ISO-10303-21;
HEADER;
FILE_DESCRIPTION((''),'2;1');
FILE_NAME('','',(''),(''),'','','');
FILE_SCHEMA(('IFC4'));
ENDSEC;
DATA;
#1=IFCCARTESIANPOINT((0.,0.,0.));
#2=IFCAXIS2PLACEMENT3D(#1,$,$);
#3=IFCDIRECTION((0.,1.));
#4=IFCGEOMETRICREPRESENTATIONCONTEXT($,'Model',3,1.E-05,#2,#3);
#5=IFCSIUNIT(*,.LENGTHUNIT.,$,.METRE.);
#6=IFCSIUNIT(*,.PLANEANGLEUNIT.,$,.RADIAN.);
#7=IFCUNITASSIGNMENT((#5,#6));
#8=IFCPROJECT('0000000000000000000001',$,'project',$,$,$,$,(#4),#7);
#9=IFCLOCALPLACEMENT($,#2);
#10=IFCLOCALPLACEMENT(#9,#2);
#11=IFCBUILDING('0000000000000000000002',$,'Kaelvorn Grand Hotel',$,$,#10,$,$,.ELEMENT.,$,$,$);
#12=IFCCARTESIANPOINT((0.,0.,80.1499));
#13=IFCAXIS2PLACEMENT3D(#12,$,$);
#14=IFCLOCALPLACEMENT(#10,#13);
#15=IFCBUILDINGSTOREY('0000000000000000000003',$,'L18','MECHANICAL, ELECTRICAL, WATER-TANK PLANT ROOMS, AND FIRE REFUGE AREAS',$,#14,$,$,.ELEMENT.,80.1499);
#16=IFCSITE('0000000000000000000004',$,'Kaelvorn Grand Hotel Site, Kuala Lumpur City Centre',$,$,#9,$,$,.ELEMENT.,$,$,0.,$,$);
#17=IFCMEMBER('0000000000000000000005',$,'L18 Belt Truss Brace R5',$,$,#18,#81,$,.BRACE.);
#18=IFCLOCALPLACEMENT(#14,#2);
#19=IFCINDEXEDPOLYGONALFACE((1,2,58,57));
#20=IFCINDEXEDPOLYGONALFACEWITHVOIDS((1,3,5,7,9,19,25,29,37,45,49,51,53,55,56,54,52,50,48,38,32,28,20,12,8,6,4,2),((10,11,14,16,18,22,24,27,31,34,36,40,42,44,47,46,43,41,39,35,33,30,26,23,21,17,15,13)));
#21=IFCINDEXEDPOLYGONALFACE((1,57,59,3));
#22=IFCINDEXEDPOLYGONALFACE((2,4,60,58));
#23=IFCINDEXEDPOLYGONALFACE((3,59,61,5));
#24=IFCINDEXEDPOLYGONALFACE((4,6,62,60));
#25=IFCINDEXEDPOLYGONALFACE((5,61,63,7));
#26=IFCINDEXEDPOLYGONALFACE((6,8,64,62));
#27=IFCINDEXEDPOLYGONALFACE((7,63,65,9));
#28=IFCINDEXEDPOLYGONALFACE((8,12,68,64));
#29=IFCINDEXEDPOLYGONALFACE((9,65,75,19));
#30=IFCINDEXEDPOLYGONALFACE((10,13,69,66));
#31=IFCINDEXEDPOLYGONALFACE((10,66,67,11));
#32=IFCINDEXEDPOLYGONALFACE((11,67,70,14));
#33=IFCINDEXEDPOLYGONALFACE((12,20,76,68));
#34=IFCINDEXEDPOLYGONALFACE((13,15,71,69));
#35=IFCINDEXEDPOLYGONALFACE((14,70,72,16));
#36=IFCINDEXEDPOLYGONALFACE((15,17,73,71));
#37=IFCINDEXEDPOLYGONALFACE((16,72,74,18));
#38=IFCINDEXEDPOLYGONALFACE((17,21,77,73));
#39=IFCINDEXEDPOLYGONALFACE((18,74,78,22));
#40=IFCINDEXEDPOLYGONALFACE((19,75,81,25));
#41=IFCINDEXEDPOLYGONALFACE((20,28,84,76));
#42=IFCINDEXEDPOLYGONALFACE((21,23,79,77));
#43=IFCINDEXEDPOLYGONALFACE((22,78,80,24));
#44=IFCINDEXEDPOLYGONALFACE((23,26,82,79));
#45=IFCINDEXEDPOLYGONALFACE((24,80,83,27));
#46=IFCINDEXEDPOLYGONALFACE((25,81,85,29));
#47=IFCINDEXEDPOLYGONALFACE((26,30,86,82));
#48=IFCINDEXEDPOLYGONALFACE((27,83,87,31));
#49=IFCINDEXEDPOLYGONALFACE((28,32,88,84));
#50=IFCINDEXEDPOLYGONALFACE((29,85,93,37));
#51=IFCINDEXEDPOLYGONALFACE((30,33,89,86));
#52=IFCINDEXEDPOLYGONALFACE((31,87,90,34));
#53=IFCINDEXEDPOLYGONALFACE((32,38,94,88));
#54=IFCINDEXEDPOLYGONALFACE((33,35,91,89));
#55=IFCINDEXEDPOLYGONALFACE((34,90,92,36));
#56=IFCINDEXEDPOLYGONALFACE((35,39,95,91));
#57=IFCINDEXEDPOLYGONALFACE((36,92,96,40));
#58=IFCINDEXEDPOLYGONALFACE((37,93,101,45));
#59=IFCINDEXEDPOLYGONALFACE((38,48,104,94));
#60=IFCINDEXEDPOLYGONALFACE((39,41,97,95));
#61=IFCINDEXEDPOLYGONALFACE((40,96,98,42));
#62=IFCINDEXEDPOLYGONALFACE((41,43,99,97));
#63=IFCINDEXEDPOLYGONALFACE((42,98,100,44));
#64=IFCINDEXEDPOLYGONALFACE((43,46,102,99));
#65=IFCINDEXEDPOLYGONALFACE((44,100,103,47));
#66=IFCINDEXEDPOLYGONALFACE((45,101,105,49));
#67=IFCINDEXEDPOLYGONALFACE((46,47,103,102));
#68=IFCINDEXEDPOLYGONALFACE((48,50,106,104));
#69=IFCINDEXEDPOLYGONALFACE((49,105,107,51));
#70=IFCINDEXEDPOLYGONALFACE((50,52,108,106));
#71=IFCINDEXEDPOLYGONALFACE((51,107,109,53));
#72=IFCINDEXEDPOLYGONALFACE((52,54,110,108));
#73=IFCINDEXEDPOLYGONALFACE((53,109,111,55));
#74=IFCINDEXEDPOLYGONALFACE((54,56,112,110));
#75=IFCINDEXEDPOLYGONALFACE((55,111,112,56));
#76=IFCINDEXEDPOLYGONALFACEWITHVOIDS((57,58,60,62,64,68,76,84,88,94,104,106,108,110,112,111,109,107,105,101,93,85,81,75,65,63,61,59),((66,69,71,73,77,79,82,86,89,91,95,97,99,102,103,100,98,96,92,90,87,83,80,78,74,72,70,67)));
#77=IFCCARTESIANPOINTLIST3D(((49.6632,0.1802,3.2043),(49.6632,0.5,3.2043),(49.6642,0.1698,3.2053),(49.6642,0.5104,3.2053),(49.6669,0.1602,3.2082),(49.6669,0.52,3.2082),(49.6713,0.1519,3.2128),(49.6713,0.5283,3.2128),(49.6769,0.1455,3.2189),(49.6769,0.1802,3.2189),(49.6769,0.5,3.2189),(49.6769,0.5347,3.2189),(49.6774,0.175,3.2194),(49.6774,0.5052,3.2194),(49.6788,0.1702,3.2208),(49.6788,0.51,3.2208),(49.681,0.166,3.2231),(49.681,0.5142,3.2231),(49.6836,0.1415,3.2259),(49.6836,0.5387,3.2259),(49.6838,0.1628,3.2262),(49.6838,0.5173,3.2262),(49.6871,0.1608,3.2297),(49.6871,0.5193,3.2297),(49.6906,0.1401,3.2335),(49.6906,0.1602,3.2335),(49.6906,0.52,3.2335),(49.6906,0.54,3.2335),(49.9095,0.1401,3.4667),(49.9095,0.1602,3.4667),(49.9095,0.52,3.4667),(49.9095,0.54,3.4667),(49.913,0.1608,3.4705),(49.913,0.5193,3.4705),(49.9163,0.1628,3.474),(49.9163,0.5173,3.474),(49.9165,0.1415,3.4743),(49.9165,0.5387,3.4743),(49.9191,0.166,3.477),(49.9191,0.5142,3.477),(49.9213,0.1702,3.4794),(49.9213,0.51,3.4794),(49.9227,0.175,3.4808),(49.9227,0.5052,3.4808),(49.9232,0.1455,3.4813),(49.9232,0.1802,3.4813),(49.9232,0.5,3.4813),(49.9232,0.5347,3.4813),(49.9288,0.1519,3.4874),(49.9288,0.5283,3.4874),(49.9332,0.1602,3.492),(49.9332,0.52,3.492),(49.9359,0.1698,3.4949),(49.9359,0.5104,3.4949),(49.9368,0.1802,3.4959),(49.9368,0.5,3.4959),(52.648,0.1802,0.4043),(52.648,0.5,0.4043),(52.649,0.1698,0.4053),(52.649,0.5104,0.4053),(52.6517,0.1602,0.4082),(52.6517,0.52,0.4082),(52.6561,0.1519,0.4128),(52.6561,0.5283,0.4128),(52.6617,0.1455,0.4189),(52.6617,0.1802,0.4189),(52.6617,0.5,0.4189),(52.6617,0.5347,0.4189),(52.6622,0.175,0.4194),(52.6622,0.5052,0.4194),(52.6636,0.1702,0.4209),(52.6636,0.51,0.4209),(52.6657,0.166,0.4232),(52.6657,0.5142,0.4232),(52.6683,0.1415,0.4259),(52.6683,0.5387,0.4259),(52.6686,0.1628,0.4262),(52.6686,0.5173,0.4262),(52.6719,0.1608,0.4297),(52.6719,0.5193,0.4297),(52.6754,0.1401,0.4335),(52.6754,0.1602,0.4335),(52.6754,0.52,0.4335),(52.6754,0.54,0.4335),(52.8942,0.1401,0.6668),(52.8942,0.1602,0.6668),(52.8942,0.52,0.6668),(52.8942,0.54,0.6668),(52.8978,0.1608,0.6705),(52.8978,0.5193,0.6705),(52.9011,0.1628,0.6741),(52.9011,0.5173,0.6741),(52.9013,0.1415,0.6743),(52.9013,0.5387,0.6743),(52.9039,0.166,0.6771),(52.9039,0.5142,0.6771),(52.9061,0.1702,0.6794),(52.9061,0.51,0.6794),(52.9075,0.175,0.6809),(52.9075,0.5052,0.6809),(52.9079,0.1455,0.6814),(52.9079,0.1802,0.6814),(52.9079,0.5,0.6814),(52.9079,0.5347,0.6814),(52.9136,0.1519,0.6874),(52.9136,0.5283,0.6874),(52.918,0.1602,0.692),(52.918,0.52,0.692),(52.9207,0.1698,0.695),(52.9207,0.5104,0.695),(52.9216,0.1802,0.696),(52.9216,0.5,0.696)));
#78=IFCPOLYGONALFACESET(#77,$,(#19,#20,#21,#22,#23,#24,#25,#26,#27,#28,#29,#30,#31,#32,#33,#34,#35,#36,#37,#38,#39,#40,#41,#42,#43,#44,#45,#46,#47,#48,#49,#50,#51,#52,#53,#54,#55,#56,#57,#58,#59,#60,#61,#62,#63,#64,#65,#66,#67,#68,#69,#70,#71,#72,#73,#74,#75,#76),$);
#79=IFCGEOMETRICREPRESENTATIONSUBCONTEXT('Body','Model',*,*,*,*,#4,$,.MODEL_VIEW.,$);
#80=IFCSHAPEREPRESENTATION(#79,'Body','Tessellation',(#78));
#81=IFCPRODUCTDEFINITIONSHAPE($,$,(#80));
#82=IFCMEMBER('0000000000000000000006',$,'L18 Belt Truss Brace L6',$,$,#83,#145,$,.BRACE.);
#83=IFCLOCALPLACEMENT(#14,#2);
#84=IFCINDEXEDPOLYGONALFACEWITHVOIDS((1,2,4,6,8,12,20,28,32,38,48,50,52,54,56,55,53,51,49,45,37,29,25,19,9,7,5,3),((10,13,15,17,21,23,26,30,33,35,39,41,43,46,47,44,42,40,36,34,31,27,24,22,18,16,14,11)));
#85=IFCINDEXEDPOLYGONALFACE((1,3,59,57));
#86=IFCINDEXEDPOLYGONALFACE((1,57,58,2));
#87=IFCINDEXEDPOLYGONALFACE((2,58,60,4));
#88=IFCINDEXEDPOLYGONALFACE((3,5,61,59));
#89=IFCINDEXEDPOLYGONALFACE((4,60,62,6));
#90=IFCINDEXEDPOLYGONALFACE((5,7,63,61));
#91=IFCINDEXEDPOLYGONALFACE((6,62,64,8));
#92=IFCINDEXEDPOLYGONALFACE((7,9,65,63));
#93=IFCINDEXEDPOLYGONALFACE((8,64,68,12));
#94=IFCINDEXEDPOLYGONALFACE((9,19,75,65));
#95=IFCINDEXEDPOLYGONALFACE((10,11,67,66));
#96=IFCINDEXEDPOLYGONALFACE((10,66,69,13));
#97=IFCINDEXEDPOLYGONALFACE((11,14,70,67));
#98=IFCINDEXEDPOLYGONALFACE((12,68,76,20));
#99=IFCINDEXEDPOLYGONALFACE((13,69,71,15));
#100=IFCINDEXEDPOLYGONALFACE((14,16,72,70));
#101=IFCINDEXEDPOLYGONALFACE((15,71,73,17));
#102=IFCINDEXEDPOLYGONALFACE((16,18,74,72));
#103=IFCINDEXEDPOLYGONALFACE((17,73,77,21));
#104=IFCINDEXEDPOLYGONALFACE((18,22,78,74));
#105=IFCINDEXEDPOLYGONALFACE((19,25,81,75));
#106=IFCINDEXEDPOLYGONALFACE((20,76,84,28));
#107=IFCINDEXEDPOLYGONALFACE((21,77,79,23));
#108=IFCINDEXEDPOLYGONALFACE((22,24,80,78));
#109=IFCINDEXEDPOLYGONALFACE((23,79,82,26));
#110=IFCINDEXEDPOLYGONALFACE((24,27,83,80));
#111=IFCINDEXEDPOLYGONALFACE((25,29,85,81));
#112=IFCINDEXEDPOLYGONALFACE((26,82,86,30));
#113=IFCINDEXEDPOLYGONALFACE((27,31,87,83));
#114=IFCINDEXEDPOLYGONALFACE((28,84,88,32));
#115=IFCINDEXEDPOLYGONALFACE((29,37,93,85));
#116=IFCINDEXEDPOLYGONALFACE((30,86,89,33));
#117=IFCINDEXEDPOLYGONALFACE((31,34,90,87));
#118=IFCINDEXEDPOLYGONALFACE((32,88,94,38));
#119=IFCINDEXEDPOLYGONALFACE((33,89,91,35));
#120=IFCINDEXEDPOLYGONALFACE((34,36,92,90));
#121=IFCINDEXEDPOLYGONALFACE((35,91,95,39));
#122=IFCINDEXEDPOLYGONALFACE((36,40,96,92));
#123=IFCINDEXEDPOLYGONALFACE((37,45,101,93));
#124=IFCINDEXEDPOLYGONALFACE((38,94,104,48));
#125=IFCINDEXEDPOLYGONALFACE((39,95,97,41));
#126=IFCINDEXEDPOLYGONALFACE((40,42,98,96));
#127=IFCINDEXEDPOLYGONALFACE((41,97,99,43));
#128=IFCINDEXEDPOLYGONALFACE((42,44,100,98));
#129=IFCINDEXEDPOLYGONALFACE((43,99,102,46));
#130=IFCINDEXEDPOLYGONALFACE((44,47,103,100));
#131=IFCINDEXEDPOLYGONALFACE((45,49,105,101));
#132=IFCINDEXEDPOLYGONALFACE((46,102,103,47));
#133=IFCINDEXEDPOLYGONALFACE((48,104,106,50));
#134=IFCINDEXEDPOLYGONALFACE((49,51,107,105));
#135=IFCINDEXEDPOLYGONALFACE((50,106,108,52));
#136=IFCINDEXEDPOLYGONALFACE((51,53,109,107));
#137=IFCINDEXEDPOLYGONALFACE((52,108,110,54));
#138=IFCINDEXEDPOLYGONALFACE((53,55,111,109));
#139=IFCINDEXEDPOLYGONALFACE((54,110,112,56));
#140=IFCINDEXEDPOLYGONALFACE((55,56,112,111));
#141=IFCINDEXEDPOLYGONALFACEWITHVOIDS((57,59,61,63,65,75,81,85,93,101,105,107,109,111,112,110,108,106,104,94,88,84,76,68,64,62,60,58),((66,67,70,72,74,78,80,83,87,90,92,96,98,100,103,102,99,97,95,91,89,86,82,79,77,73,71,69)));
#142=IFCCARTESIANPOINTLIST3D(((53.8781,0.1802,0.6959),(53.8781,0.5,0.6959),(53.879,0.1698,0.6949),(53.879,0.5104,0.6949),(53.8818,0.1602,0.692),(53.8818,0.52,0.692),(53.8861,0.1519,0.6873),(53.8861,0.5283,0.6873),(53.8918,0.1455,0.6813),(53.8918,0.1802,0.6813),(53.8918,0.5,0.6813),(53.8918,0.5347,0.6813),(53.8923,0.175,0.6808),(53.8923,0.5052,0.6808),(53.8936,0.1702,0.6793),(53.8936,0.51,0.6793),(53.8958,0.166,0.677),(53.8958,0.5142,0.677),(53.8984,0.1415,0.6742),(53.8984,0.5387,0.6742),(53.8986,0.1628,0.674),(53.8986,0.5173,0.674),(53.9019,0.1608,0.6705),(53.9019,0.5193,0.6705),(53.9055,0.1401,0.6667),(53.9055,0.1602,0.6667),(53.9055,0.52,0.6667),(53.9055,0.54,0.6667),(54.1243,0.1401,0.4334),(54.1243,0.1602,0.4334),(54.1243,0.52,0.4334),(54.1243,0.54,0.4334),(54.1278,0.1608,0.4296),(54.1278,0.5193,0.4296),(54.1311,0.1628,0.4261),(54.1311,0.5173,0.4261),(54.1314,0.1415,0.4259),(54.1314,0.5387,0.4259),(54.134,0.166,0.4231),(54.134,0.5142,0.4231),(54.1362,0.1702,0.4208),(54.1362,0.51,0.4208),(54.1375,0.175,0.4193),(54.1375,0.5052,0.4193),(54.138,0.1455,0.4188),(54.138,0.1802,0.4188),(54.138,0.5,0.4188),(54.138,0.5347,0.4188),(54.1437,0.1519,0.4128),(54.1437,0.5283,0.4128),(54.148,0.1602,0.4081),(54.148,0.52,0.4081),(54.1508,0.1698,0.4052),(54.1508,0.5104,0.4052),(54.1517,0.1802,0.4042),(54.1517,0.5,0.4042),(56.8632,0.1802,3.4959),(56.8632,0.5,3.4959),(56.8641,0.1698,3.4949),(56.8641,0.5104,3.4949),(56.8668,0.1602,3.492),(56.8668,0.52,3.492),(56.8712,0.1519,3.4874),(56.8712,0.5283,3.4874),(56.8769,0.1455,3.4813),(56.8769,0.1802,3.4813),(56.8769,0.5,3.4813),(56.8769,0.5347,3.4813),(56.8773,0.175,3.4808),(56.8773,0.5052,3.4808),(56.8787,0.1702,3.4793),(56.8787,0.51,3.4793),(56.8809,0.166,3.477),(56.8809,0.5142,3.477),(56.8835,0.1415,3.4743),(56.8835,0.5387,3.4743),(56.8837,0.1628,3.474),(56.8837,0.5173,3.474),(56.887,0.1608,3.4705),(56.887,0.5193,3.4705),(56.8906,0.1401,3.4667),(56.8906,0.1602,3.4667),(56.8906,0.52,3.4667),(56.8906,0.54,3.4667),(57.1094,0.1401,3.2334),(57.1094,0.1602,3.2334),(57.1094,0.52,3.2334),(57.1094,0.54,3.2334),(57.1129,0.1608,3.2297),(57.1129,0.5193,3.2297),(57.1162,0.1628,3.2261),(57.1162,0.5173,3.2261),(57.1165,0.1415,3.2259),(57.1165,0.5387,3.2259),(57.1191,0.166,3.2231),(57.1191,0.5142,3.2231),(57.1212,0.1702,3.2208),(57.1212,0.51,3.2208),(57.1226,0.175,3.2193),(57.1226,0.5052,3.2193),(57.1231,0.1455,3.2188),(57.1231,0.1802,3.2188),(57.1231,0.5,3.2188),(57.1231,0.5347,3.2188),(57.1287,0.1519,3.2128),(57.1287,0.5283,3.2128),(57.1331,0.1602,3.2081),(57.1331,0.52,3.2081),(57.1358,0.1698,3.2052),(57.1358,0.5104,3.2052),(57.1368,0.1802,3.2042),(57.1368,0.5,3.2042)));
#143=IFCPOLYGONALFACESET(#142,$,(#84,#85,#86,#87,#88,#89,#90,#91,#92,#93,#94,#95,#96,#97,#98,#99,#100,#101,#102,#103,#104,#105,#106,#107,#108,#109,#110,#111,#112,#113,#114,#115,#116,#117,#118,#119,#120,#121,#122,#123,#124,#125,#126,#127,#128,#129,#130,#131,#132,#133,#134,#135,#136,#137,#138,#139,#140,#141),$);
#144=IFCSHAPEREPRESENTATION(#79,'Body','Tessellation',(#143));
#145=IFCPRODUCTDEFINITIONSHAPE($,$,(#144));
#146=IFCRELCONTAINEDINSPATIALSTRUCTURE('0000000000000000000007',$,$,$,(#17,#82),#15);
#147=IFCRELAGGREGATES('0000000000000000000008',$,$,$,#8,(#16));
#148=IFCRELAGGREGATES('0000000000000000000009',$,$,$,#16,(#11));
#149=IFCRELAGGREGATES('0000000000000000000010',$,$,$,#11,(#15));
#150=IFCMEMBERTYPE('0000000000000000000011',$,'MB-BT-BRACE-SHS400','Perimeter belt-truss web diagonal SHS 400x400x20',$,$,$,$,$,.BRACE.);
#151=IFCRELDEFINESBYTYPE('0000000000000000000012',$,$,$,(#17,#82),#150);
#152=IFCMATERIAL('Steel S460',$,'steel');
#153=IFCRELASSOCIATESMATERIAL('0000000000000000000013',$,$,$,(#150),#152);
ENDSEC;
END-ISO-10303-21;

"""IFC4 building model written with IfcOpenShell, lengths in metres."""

from ifc_helpers import new_model, si_unit, direction, frame, origin, origin_2d, place, context, subcontext, project, spatial, hollow_rectangle, extrude, material, material_profile, profile_set, type_object, element, save


model = new_model("IFC4")

# Units and contexts
model_context = context("Model", 3, precision=1e-05, world=origin(), true_north=direction((0.0, 1.0)))
body_context = subcontext(model_context, "Body", "Model", "MODEL_VIEW")
ifc_project = project(units=[si_unit("LENGTHUNIT", "METRE"), si_unit("PLANEANGLEUNIT", "RADIAN")], contexts=[model_context])

# Site, building, storey
site_placement = place(None, origin())
site = spatial("IfcSite", under=ifc_project, at=site_placement, Name="Kaelvorn Grand Hotel Site, Kuala Lumpur City Centre", CompositionType="ELEMENT", RefElevation=0.0)
building_placement = place(site_placement, origin())
building = spatial("IfcBuilding", under=site, at=building_placement, Name="Kaelvorn Grand Hotel", CompositionType="ELEMENT")
storey_placement = place(building_placement, frame((0.0, 0.0, 80.1499)))
storey = spatial("IfcBuildingStorey", under=building, at=storey_placement, Name="L18", Description="MECHANICAL, ELECTRICAL, WATER-TANK PLANT ROOMS, AND FIRE REFUGE AREAS", CompositionType="ELEMENT", Elevation=80.1499)

# Members
ifc_material_1 = material(Name="Steel S460", Category="steel")
ifc_material_profile_1 = material_profile(ifc_material_1, hollow_rectangle(XDim=0.3999, YDim=0.3999, WallThickness=0.02, InnerFilletRadius=0.02, OuterFilletRadius=0.04, at=origin_2d()), Name="SHS 400x400x20.0")
ifc_profile_set_1 = profile_set([ifc_material_profile_1], Name="Steel S460")
member_type_1 = type_object("IfcMemberType", Name="MB-BT-BRACE-SHS400", Description="Perimeter belt-truss web diagonal SHS 400x400x20", PredefinedType="BRACE", material=ifc_profile_set_1)
member_1_placement = place(storey_placement, frame((49.8, 0.3401, 3.3501), z_axis=(0.729325, 0.0, -0.684167), x_axis=(0.0, 1.0, 0.0)))
element("IfcMember", 1, at=member_1_placement, inside=storey, type_object=member_type_1, Name="L18 Belt Truss Brace R5", PredefinedType="BRACE", context=body_context, shape_type="SweptSolid", body=[
    extrude(hollow_rectangle(XDim=0.3999, YDim=0.3999, WallThickness=0.02, InnerFilletRadius=0.02, OuterFilletRadius=0.04, at=origin_2d()), origin(), (0.0, 0.0, 1.0), 4.0925),
])
for number, where, z_axis, x_axis, name in (
    (2, (54.0149, 0.3401, 0.55), (0.729353, 0.0, 0.684138), (0.0, 1.0, 0.0), "L18 Belt Truss Brace L6"),
):
    element("IfcMember", number, at=place(storey_placement, frame(where, z_axis=z_axis, x_axis=x_axis)), inside=storey, type_object=member_type_1, Name=name, PredefinedType="BRACE", context=body_context, shape_type="SweptSolid", body=[
        extrude(hollow_rectangle(XDim=0.3999, YDim=0.3999, WallThickness=0.02, InnerFilletRadius=0.02, OuterFilletRadius=0.04, at=origin_2d()), origin(), (0.0, 0.0, 1.0), 4.0928),
    ])

save(model, "model.ifc")
